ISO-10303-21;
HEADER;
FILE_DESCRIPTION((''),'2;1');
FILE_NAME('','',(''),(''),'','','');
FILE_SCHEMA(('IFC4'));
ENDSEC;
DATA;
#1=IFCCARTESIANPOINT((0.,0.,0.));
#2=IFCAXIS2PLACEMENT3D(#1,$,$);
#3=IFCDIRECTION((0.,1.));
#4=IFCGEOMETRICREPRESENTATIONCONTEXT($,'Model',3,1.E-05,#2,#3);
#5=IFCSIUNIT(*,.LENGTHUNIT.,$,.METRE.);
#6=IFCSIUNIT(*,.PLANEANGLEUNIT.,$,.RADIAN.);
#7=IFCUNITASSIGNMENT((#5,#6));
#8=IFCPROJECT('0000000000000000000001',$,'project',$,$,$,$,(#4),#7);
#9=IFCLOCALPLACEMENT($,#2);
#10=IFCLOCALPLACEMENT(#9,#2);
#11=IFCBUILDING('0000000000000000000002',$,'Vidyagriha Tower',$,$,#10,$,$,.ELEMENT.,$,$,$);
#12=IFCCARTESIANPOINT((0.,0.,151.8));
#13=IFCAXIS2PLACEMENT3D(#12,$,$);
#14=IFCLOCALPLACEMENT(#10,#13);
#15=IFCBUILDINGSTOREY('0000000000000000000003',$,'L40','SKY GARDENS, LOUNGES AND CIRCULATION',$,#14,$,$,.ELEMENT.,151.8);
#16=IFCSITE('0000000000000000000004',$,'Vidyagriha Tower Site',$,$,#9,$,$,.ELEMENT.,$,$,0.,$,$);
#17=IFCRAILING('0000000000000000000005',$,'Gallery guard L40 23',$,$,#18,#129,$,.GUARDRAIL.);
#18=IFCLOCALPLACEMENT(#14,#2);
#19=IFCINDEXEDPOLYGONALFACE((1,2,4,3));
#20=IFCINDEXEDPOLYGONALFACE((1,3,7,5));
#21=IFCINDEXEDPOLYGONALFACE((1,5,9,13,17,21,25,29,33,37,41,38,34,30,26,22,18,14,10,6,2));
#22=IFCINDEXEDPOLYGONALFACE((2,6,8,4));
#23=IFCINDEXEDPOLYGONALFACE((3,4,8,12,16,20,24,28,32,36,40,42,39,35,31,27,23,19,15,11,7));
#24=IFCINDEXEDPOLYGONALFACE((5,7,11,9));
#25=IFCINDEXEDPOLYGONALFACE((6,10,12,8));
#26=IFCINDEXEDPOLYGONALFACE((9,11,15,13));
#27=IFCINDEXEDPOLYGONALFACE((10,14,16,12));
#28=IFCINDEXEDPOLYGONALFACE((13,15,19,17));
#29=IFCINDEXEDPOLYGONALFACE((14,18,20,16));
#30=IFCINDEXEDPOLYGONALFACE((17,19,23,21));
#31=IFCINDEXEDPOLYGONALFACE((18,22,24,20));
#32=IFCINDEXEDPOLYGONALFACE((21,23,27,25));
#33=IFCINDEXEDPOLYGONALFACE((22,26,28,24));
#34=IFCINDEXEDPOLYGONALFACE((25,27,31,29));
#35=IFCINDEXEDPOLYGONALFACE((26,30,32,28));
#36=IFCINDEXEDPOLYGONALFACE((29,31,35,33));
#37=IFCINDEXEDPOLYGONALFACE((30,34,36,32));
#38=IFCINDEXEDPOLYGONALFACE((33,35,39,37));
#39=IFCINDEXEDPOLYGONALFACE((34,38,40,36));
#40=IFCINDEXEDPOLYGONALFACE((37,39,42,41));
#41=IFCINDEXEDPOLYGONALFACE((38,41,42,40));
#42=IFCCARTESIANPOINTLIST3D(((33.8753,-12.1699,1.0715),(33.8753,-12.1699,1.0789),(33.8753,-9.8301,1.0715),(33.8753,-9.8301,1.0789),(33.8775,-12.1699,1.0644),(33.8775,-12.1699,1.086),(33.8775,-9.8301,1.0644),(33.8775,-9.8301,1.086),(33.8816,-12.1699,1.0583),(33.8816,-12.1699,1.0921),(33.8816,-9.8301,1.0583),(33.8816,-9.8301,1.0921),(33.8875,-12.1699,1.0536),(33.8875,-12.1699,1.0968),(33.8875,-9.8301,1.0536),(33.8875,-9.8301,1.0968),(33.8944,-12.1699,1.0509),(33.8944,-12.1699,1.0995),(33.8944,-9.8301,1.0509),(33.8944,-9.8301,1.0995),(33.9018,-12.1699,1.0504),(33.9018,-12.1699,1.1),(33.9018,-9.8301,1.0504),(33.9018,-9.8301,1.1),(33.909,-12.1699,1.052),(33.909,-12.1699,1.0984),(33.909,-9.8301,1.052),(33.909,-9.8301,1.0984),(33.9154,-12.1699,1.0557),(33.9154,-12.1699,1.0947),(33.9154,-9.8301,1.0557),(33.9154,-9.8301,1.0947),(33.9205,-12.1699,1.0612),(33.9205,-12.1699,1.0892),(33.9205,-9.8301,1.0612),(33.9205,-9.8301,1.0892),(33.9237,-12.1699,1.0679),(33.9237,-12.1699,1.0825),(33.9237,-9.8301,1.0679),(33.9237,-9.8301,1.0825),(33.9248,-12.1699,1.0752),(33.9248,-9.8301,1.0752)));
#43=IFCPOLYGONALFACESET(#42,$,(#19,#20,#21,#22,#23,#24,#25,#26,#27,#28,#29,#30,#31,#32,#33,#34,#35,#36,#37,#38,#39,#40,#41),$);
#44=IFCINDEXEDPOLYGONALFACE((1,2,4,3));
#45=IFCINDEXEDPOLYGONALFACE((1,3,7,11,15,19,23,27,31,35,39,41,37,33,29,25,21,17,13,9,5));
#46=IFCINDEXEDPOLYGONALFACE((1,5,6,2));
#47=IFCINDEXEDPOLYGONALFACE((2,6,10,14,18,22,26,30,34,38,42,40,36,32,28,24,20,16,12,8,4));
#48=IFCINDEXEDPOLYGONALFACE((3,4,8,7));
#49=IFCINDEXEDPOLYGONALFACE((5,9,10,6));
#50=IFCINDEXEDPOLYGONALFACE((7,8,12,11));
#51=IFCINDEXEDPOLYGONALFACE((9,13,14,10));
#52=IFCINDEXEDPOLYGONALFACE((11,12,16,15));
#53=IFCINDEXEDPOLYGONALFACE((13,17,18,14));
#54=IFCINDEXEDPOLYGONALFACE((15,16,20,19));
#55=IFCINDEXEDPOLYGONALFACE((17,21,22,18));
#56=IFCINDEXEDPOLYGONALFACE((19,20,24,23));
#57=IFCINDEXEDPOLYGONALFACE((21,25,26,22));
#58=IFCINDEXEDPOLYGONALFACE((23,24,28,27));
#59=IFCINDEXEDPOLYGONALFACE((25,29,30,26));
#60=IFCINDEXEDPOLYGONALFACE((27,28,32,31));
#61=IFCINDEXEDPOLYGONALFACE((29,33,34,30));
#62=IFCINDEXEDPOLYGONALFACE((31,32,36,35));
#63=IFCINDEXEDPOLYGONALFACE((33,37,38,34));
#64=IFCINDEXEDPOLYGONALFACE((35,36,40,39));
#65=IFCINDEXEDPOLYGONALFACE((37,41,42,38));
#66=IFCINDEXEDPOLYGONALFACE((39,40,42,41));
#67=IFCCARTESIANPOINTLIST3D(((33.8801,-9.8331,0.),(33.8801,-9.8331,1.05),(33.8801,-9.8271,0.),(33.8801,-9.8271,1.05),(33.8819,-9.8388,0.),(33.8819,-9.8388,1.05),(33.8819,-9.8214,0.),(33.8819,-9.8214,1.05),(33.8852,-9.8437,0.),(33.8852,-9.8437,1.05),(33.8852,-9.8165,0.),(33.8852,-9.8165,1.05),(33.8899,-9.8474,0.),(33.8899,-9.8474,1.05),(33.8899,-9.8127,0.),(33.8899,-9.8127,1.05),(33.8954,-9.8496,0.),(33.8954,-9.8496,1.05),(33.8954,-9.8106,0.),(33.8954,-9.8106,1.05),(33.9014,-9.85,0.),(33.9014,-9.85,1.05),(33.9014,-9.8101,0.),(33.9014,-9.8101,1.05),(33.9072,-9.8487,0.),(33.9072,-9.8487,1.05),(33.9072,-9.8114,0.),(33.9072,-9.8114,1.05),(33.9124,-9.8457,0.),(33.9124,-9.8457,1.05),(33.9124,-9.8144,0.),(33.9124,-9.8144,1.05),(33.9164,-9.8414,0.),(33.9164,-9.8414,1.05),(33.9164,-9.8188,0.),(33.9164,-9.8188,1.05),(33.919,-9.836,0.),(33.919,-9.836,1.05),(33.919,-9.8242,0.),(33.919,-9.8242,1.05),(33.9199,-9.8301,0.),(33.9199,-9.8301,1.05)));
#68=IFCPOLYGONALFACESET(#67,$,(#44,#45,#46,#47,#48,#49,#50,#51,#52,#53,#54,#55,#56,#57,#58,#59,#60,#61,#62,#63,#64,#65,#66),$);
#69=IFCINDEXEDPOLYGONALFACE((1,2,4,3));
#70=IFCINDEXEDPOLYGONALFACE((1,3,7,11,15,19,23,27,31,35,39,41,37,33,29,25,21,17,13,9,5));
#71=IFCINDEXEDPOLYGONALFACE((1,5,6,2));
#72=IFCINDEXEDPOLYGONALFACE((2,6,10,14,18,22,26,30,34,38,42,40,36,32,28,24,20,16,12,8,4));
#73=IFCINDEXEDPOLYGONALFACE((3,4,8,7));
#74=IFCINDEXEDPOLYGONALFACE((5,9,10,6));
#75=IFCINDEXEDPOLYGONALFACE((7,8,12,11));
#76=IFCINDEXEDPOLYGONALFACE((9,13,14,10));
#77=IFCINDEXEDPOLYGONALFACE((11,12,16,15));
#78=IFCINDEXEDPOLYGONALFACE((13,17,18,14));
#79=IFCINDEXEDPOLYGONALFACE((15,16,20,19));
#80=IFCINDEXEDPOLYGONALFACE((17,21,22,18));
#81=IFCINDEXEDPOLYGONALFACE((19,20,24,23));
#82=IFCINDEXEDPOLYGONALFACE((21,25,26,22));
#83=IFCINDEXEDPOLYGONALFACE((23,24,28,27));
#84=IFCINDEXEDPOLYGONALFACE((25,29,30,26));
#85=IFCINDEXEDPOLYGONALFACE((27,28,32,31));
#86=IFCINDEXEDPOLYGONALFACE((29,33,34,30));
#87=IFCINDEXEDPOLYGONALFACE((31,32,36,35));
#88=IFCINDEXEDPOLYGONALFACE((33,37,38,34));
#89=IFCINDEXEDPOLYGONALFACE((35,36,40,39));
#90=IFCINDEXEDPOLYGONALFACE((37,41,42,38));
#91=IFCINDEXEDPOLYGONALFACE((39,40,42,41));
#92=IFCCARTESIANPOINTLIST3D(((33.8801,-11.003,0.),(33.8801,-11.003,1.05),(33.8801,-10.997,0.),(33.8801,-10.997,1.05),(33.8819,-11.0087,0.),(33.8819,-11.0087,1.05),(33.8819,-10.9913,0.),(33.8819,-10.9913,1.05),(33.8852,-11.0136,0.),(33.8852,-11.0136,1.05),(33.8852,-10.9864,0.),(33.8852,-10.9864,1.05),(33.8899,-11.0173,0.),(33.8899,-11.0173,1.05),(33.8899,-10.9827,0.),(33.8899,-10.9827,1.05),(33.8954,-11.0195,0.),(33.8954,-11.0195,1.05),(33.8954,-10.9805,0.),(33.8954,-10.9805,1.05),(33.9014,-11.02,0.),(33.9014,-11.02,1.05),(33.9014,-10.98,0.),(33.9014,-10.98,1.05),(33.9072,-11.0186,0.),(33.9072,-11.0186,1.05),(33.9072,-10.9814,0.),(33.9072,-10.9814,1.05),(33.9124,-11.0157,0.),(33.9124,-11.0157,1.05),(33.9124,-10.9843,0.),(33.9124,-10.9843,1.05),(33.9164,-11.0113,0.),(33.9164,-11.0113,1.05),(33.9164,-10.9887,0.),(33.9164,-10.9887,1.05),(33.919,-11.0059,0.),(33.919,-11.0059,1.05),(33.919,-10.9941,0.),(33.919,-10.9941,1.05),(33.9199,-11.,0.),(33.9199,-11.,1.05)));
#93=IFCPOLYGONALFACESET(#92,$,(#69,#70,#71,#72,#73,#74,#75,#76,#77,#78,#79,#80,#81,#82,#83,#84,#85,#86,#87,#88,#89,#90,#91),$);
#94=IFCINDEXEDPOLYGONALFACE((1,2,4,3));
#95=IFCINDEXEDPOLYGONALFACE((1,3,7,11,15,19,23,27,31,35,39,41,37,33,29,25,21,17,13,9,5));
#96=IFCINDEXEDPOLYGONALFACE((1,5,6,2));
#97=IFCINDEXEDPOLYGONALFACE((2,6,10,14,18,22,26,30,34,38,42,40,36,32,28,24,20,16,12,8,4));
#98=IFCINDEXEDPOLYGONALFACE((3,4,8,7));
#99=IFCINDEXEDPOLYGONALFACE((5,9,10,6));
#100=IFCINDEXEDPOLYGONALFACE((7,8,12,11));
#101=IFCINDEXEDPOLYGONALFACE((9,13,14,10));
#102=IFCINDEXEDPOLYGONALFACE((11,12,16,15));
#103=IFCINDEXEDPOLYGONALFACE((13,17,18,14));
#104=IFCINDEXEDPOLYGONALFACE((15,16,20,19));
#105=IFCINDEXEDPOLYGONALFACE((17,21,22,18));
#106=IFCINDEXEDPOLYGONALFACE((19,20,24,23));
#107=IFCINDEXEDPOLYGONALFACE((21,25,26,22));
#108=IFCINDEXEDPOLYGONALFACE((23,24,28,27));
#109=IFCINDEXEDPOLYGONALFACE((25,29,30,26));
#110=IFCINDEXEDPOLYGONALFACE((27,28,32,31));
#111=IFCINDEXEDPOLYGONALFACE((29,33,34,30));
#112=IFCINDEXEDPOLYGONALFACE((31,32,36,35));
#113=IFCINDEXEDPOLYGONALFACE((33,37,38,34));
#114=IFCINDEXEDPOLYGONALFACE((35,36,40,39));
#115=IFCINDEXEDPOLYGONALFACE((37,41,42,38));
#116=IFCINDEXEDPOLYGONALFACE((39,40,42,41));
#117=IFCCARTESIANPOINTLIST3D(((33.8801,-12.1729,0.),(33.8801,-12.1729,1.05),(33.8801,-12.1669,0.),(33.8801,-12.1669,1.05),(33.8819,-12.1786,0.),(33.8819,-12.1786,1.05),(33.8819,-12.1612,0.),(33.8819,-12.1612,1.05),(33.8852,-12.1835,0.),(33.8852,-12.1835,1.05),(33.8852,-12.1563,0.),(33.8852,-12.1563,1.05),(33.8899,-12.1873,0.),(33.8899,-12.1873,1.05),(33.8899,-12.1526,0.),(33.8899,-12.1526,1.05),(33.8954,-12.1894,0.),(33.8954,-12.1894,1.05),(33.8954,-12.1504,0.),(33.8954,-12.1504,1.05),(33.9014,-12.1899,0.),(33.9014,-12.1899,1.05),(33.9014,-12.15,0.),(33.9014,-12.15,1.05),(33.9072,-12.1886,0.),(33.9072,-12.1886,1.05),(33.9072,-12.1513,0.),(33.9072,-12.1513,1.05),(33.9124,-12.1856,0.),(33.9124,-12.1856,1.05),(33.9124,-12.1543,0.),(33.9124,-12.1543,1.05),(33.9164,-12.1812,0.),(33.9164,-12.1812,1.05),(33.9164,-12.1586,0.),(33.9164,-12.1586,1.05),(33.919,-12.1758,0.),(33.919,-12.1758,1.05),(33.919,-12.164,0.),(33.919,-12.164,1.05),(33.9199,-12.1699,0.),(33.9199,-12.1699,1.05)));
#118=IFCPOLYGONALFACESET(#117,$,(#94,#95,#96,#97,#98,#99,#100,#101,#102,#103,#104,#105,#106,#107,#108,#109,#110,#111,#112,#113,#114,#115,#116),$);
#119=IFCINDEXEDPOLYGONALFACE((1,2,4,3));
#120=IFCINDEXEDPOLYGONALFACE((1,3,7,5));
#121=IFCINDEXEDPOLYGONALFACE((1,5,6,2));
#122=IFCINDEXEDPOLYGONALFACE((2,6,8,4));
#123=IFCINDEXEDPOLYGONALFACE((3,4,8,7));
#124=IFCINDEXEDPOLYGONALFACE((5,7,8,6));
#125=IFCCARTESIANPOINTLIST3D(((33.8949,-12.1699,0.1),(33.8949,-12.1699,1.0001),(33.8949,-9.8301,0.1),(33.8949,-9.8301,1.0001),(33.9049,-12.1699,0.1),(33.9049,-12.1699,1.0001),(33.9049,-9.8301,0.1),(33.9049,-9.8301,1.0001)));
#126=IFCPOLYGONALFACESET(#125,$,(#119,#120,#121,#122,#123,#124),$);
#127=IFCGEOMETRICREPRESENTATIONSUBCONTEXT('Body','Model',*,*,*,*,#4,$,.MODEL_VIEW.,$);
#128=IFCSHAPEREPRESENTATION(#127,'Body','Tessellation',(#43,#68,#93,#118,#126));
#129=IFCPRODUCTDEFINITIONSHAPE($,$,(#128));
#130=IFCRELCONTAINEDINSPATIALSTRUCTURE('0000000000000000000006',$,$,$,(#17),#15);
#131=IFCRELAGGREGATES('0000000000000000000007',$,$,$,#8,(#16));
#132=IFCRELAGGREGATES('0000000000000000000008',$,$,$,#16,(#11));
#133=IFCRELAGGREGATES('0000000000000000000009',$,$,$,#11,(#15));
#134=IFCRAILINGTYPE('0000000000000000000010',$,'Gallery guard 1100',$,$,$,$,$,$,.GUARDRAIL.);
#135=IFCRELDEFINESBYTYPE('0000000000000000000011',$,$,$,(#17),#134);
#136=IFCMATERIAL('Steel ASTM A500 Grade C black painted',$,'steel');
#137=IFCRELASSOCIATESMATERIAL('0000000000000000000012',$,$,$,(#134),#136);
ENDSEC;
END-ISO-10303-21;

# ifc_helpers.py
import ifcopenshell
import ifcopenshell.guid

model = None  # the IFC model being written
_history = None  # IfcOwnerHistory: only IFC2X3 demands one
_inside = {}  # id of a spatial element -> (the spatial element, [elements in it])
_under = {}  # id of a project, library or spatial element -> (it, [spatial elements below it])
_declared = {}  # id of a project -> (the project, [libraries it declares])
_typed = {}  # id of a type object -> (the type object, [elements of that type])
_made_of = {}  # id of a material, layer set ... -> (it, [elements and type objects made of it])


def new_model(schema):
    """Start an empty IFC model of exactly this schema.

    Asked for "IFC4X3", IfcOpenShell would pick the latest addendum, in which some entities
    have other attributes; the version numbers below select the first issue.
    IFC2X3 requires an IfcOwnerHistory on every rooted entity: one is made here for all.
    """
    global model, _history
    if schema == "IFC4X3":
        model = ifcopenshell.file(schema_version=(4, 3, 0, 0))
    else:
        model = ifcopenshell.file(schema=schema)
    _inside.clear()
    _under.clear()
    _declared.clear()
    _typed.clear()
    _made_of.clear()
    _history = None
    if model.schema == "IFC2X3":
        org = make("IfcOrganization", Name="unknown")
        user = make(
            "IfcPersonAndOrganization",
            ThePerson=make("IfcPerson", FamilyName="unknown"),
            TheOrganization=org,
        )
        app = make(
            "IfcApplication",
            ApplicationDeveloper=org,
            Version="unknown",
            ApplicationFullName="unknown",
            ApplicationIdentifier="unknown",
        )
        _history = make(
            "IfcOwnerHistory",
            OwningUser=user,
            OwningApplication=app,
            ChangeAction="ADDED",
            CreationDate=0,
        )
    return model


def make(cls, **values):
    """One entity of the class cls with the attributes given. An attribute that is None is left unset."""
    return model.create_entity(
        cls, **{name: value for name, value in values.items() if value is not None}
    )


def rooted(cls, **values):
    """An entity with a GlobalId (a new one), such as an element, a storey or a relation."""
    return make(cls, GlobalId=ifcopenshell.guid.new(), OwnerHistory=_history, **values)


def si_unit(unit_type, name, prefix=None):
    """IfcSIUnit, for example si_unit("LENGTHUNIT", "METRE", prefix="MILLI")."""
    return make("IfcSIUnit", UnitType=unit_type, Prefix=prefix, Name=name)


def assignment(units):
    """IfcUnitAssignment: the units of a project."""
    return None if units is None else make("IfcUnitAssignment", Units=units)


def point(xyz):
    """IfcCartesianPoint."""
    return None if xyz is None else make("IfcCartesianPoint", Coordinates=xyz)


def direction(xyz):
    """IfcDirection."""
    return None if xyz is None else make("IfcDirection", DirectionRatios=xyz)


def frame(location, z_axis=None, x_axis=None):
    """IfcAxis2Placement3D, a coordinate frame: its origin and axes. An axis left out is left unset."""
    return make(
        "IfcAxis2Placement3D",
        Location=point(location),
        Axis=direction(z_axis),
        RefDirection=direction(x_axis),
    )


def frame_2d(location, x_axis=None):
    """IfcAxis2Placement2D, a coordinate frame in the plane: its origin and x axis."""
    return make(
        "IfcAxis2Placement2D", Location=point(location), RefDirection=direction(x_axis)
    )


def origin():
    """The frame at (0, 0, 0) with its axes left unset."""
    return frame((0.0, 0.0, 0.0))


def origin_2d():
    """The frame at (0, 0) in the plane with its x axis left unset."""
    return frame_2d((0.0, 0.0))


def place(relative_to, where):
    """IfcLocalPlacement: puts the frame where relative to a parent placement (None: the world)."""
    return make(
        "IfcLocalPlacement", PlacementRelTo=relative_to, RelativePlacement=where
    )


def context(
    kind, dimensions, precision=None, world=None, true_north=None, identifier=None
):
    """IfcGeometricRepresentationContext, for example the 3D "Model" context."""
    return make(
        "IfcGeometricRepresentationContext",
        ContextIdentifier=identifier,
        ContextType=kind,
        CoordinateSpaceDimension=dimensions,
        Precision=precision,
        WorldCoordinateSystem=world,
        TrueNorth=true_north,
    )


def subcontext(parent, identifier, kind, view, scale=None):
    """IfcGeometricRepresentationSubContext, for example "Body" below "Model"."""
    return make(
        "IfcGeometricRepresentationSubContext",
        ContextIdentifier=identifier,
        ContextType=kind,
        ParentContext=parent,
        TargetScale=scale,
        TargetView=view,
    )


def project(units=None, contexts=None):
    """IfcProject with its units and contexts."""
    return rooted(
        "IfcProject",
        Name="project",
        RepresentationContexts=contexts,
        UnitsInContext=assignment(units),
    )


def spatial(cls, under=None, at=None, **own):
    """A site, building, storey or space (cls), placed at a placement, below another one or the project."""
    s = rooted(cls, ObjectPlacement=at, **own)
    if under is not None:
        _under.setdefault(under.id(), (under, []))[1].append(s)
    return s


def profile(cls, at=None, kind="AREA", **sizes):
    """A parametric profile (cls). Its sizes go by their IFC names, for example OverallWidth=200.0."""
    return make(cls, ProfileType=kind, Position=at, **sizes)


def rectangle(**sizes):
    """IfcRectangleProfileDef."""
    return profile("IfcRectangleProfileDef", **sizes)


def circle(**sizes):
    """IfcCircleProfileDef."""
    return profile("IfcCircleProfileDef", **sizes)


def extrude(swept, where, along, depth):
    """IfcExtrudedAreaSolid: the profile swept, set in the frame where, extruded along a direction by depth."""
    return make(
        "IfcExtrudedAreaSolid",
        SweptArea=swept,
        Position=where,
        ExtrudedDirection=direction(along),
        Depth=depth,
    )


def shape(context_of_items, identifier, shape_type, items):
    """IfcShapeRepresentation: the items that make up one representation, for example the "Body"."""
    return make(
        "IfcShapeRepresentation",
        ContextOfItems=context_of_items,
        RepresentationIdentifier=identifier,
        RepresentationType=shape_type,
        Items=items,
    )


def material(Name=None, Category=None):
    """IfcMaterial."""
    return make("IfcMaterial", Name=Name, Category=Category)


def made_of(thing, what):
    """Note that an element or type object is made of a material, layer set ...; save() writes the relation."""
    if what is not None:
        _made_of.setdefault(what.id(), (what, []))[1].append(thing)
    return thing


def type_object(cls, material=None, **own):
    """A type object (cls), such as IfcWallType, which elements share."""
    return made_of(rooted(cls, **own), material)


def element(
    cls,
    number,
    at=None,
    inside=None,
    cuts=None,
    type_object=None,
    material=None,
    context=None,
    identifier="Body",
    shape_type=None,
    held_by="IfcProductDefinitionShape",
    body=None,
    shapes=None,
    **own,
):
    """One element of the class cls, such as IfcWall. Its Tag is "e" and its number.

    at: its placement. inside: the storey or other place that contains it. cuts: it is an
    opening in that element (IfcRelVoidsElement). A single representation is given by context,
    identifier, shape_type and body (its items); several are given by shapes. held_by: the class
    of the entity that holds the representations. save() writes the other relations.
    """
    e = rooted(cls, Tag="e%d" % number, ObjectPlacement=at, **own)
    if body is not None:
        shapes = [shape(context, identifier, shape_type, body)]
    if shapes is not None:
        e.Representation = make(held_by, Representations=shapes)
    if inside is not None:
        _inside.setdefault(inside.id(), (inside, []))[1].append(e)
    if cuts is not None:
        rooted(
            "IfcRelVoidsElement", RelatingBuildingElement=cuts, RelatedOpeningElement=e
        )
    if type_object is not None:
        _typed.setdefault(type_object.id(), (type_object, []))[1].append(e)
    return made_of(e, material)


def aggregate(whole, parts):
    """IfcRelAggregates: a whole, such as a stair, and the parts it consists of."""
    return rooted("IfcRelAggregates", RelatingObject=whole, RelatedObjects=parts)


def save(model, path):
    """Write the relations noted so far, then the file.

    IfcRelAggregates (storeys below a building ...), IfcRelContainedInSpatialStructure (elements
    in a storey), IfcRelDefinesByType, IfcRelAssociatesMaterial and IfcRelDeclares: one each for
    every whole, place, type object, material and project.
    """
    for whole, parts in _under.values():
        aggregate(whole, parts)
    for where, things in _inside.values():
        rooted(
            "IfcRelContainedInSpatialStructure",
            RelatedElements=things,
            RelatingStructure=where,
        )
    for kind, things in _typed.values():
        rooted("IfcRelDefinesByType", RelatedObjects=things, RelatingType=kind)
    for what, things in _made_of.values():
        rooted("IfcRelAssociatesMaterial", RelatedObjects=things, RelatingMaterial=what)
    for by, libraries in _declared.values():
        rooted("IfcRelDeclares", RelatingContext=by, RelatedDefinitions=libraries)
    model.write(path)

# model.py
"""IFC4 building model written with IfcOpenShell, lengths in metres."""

from ifc_helpers import new_model, si_unit, direction, frame, origin, origin_2d, place, context, subcontext, project, spatial, rectangle, circle, extrude, material, type_object, element, save


model = new_model("IFC4")

# Units and contexts
model_context = context("Model", 3, precision=1e-05, world=origin(), true_north=direction((0.0, 1.0)))
body_context = subcontext(model_context, "Body", "Model", "MODEL_VIEW")
ifc_project = project(units=[si_unit("LENGTHUNIT", "METRE"), si_unit("PLANEANGLEUNIT", "RADIAN")], contexts=[model_context])

# Site, building, storey
site_placement = place(None, origin())
site = spatial("IfcSite", under=ifc_project, at=site_placement, Name="Vidyagriha Tower Site", CompositionType="ELEMENT", RefElevation=0.0)
building_placement = place(site_placement, origin())
building = spatial("IfcBuilding", under=site, at=building_placement, Name="Vidyagriha Tower", CompositionType="ELEMENT")
storey_placement = place(building_placement, frame((0.0, 0.0, 151.8)))
storey = spatial("IfcBuildingStorey", under=building, at=storey_placement, Name="L40", Description="SKY GARDENS, LOUNGES AND CIRCULATION", CompositionType="ELEMENT", Elevation=151.8)

# Railing
ifc_material_1 = material(Name="Steel ASTM A500 Grade C black painted", Category="steel")
railing_type = type_object("IfcRailingType", Name="Gallery guard 1100", PredefinedType="GUARDRAIL", material=ifc_material_1)
railing_1_placement = place(storey_placement, frame((33.8999, -9.8301, 0.0)))
element("IfcRailing", 1, at=railing_1_placement, inside=storey, type_object=railing_type, Name="Gallery guard L40 23", PredefinedType="GUARDRAIL", context=body_context, shape_type="SweptSolid", body=[
    extrude(circle(Radius=0.0249, at=origin_2d()), frame((0.0, 0.0, 1.0752), z_axis=(0.0, -1.0, 0.0), x_axis=(1.0, 0.0, 0.0)), (0.0, 0.0, 1.0), 2.3398),
    extrude(circle(Radius=0.02, at=origin_2d()), origin(), (0.0, 0.0, 1.0), 1.05),
    extrude(circle(Radius=0.02, at=origin_2d()), frame((0.0, -1.1699, 0.0)), (0.0, 0.0, 1.0), 1.05),
    extrude(circle(Radius=0.02, at=origin_2d()), frame((0.0, -2.3398, 0.0)), (0.0, 0.0, 1.0), 1.05),
    extrude(rectangle(XDim=0.01, YDim=0.9001, at=origin_2d()), frame((0.0, 0.0, 0.55), z_axis=(0.0, -1.0, 0.0), x_axis=(1.0, 0.0, 0.0)), (0.0, 0.0, 1.0), 2.3398),
])

save(model, "model.ifc")
